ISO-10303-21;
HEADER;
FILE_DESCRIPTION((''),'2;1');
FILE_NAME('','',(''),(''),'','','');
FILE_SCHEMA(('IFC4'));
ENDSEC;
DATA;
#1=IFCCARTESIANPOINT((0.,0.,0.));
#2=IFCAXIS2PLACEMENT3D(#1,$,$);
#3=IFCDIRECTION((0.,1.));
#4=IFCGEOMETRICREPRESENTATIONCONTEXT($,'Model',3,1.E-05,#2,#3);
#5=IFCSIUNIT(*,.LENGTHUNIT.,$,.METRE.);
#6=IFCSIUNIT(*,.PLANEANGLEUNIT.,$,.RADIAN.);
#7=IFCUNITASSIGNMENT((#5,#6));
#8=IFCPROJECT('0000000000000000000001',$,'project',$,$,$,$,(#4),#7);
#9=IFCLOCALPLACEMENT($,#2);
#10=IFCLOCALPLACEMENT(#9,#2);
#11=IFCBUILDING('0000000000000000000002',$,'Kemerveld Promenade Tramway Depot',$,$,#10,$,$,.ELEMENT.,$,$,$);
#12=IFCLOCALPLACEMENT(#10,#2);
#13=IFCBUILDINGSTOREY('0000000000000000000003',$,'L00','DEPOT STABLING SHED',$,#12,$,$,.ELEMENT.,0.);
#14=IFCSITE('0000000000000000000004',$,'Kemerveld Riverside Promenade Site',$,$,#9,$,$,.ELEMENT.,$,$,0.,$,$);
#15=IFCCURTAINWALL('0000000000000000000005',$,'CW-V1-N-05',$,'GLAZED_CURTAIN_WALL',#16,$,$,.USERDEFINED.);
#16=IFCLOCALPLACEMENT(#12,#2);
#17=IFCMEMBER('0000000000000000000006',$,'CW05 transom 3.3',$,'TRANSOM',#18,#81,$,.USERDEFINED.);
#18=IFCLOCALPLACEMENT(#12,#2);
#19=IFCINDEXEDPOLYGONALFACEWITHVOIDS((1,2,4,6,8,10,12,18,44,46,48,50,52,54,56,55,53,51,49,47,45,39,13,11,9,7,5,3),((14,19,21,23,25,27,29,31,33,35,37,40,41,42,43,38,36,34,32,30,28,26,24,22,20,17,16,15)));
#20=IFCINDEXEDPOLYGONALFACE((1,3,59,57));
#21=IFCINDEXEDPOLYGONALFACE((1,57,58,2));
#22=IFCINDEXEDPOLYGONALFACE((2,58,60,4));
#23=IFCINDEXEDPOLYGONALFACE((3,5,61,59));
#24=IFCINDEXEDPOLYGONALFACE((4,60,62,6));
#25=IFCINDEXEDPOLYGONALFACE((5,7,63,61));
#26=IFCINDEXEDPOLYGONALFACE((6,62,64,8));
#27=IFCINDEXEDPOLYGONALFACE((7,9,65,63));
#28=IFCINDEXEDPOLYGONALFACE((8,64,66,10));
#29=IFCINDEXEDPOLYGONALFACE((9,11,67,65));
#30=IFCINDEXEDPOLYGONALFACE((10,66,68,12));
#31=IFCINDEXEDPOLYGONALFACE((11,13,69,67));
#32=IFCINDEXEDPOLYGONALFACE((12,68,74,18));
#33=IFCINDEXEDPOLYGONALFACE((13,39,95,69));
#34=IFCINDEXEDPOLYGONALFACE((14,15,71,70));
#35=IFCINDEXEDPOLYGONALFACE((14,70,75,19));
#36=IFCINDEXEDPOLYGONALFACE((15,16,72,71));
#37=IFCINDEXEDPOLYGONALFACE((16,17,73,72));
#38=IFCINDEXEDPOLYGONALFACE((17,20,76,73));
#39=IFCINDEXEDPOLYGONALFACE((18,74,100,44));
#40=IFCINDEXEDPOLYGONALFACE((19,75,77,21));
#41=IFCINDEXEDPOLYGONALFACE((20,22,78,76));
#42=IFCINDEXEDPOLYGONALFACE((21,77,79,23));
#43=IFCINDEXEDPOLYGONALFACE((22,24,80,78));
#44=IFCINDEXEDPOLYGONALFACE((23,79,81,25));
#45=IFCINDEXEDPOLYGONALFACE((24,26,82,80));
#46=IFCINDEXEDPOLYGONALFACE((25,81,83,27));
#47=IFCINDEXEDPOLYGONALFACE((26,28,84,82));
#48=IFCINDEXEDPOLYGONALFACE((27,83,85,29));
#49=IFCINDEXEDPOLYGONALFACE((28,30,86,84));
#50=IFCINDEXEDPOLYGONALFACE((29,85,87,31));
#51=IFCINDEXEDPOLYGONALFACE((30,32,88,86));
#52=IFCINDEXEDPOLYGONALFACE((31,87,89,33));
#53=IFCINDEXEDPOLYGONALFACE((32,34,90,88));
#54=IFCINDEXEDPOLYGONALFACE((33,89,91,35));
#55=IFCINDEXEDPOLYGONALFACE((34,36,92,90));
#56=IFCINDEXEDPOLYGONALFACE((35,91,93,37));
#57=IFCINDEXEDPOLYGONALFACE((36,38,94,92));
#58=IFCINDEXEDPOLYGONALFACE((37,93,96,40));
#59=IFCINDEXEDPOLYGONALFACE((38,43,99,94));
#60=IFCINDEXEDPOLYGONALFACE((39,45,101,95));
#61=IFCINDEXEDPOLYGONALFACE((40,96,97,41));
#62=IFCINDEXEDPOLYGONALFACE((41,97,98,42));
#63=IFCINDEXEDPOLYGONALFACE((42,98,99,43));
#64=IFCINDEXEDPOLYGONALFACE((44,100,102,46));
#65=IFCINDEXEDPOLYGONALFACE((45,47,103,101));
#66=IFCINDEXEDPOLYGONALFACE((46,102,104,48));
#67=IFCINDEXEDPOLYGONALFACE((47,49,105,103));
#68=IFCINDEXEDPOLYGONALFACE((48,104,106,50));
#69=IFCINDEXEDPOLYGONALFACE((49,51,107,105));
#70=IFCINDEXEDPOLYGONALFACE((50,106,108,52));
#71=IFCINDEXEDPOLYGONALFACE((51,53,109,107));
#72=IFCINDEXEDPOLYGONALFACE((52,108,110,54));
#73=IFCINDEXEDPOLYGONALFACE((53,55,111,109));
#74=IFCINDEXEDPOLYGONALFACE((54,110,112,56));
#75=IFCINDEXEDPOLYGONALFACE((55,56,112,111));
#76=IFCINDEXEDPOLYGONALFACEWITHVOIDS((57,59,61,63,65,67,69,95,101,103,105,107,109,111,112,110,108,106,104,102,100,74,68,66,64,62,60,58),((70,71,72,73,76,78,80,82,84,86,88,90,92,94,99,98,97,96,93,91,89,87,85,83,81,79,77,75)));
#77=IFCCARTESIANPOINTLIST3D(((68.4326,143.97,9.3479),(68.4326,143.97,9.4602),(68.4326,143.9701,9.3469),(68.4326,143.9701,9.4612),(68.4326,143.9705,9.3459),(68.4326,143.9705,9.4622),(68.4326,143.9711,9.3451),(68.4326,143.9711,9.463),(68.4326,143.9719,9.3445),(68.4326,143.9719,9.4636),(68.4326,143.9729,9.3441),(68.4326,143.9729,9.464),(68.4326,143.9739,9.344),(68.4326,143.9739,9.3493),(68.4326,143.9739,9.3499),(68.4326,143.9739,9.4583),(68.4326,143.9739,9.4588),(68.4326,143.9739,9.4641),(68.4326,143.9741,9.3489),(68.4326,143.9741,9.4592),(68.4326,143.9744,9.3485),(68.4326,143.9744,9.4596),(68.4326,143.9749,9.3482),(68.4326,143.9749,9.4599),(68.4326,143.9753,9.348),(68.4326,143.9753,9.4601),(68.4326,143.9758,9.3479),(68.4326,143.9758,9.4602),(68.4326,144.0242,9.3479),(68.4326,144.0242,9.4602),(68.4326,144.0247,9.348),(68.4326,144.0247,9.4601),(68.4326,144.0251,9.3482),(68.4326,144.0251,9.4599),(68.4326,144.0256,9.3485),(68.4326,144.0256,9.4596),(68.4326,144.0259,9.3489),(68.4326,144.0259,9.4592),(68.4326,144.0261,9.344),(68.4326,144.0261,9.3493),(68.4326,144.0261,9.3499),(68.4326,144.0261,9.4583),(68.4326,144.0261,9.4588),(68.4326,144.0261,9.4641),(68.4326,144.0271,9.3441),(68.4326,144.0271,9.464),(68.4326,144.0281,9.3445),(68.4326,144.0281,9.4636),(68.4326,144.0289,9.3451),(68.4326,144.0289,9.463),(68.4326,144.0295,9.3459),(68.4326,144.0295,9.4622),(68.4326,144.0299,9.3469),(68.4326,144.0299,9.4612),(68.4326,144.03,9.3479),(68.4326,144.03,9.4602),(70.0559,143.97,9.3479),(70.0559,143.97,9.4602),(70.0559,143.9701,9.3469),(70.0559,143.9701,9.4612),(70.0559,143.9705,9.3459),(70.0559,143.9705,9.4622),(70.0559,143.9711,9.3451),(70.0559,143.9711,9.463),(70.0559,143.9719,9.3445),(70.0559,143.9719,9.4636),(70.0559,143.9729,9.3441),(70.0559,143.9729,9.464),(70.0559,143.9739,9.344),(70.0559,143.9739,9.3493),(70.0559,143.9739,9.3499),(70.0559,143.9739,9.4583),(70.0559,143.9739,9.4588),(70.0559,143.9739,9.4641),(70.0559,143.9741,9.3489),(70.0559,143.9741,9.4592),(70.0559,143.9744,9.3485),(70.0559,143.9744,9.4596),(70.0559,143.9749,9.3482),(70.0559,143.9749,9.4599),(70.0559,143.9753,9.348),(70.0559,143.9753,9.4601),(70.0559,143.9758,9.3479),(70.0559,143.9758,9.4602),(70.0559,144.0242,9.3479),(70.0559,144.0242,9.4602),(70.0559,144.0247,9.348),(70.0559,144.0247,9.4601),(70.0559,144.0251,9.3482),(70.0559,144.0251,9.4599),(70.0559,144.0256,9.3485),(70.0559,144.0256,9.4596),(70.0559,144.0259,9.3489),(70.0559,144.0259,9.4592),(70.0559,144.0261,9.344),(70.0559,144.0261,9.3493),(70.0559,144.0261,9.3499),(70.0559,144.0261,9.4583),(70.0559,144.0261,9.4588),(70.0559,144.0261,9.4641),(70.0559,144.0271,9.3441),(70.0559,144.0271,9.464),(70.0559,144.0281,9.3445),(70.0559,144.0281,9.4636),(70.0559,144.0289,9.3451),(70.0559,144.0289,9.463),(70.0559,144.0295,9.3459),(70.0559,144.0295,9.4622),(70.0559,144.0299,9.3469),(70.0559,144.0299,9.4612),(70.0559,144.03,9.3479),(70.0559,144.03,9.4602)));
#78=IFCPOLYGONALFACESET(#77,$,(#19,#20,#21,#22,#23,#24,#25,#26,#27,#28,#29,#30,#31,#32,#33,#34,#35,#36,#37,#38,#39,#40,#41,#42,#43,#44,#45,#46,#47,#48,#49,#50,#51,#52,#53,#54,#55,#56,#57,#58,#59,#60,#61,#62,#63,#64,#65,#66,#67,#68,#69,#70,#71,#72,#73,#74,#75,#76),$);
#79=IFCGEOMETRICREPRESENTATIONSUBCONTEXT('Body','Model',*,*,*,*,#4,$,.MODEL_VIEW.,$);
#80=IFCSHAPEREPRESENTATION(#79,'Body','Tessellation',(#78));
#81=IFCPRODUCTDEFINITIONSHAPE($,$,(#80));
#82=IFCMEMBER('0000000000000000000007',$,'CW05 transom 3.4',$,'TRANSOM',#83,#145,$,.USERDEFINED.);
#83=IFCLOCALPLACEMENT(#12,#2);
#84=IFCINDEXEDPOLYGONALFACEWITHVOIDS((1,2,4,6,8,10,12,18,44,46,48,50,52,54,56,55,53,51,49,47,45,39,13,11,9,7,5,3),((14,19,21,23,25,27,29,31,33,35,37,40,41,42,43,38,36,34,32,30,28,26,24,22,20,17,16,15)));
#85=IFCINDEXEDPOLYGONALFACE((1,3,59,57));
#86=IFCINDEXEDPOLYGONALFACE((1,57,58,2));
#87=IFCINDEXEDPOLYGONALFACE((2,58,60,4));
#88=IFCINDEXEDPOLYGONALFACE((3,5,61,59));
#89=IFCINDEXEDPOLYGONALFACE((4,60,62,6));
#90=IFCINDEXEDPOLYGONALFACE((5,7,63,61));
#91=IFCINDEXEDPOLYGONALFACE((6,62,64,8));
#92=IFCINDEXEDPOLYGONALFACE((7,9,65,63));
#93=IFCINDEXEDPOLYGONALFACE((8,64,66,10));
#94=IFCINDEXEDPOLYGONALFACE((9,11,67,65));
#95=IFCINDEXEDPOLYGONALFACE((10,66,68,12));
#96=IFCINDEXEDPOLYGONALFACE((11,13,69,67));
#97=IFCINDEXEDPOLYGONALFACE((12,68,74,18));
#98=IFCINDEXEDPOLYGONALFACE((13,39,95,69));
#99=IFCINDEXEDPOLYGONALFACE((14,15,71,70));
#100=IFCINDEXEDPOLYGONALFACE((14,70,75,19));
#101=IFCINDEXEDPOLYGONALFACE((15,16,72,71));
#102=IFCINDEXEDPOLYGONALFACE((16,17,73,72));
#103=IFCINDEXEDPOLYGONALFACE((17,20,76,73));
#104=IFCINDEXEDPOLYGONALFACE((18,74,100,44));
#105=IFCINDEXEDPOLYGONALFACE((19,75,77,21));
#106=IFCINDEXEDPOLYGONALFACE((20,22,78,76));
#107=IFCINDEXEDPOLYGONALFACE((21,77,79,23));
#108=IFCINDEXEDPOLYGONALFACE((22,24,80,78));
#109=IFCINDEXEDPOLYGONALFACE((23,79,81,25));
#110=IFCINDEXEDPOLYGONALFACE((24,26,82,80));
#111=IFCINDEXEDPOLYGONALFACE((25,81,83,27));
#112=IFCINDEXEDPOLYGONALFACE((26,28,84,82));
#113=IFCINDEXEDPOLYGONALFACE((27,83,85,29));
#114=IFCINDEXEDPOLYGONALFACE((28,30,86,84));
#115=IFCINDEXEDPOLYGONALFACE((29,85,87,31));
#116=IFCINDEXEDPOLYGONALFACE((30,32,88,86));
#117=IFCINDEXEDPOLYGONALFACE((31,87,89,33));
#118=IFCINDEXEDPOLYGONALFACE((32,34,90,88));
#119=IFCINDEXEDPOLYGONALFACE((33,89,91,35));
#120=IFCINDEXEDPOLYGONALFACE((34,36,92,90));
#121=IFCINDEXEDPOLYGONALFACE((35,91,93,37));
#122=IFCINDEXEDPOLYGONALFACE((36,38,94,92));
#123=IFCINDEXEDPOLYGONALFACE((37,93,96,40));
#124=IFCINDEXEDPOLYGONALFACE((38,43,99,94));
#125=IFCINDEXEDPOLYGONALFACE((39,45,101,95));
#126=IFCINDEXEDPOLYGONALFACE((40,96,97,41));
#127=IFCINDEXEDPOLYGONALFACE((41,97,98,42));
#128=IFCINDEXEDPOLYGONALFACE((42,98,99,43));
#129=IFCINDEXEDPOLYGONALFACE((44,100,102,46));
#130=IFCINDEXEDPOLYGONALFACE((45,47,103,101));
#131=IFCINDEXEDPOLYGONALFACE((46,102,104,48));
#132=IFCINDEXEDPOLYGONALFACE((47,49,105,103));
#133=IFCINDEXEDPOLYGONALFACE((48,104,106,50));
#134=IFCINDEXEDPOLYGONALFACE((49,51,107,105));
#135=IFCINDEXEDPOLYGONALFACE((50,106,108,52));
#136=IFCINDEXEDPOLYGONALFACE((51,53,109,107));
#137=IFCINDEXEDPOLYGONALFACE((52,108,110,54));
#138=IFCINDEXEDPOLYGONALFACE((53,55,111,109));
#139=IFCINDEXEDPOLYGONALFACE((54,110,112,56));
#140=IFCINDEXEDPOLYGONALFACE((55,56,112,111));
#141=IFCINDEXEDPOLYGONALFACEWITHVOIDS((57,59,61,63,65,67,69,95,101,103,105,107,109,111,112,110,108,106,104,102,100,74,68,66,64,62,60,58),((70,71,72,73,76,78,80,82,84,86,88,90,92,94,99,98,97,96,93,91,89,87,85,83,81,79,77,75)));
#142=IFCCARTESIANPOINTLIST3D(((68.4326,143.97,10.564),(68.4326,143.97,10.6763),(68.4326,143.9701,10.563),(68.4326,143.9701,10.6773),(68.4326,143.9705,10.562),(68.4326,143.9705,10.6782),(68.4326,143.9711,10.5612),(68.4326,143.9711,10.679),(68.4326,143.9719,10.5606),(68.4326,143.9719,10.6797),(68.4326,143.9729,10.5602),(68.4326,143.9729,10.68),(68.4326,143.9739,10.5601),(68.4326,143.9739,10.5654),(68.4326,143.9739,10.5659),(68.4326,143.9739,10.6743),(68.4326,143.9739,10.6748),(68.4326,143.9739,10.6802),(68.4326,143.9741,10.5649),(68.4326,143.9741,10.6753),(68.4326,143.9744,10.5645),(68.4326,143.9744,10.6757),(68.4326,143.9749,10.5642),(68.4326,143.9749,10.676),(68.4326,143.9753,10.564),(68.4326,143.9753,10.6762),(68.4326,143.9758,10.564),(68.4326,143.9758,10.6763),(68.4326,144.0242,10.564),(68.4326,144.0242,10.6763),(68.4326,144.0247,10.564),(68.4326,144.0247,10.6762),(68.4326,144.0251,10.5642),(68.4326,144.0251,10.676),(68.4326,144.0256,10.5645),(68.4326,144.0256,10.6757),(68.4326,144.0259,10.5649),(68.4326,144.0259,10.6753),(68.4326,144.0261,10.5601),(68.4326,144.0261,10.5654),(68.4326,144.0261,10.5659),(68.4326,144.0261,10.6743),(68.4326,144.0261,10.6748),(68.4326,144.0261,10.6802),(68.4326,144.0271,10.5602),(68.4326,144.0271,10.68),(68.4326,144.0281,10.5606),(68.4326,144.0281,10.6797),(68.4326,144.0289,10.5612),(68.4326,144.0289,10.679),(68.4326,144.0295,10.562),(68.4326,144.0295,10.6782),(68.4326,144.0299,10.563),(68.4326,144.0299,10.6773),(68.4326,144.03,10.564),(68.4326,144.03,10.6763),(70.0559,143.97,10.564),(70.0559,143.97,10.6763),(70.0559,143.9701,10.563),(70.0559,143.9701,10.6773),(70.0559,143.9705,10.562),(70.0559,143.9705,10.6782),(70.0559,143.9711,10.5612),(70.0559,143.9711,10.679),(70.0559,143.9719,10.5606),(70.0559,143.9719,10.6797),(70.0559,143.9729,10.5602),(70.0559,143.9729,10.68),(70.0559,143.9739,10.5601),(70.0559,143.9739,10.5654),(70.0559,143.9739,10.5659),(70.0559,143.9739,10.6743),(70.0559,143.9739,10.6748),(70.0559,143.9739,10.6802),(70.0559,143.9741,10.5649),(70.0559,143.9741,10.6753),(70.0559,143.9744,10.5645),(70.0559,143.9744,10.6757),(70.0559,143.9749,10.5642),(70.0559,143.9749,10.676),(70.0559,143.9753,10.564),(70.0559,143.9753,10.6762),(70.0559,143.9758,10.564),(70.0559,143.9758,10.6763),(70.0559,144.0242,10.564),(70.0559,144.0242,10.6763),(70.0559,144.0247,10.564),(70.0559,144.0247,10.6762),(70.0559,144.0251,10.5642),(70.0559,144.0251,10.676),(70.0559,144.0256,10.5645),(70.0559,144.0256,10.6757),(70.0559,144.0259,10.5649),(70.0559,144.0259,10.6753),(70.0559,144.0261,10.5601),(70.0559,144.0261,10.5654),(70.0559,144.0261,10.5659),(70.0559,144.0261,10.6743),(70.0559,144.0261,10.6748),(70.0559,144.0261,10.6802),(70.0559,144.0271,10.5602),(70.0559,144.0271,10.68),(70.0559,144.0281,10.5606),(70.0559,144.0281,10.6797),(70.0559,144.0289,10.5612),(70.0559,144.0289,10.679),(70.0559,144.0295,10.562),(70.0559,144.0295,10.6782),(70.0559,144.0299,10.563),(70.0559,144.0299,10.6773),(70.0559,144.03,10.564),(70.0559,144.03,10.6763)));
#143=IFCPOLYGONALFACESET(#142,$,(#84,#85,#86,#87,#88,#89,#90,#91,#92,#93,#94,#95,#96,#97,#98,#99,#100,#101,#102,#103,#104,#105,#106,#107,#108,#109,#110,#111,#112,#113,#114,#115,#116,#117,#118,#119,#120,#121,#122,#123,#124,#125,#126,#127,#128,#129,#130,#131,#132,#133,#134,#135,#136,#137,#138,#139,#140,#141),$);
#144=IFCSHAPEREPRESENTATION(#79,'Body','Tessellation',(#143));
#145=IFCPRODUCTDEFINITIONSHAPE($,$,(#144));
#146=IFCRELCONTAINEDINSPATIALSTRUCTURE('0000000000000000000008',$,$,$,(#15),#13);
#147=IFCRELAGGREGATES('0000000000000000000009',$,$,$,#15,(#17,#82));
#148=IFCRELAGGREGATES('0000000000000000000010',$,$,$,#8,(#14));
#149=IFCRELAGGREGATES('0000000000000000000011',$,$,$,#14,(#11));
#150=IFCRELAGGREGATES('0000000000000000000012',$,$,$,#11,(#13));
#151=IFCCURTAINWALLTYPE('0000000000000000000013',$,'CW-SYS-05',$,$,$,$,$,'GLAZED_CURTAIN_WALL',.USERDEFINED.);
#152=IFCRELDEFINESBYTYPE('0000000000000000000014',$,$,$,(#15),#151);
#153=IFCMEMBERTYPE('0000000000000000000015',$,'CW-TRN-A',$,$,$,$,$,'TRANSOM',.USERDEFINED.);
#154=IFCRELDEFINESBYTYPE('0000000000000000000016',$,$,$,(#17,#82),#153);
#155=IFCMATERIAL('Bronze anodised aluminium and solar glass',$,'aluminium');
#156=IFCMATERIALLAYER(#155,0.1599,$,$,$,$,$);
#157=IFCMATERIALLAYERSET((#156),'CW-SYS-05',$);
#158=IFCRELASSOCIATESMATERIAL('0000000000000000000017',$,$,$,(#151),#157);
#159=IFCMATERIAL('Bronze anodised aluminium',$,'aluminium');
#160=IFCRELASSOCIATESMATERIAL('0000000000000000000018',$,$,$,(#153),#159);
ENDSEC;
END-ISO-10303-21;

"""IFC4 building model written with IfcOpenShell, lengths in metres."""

from ifc_helpers import new_model, si_unit, direction, frame, origin, origin_2d, place, context, subcontext, project, spatial, hollow_rectangle, extrude, material, layer, layer_set, material_profile, profile_set, type_object, element, aggregate, save


model = new_model("IFC4")

# Units and contexts
model_context = context("Model", 3, precision=1e-05, world=origin(), true_north=direction((0.0, 1.0)))
body_context = subcontext(model_context, "Body", "Model", "MODEL_VIEW")
ifc_project = project(units=[si_unit("LENGTHUNIT", "METRE"), si_unit("PLANEANGLEUNIT", "RADIAN")], contexts=[model_context])

# Site, building, storey
site_placement = place(None, origin())
site = spatial("IfcSite", under=ifc_project, at=site_placement, Name="Kemerveld Riverside Promenade Site", CompositionType="ELEMENT", RefElevation=0.0)
building_placement = place(site_placement, origin())
building = spatial("IfcBuilding", under=site, at=building_placement, Name="Kemerveld Promenade Tramway Depot", CompositionType="ELEMENT")
storey_placement = place(building_placement, origin())
storey = spatial("IfcBuildingStorey", under=building, at=storey_placement, Name="L00", Description="DEPOT STABLING SHED", CompositionType="ELEMENT", Elevation=0.0)

# Curtain wall, members
ifc_material_1 = material(Name="Bronze anodised aluminium and solar glass", Category="aluminium")
ifc_layer_1 = layer(ifc_material_1, 0.1599)
ifc_layer_set_1 = layer_set([ifc_layer_1], Name="CW-SYS-05")
curtain_wall_type_1 = type_object("IfcCurtainWallType", Name="CW-SYS-05", ElementType="GLAZED_CURTAIN_WALL", PredefinedType="USERDEFINED", material=ifc_layer_set_1)
curtain_wall_1_placement = place(storey_placement, origin())
curtain_wall_1 = element("IfcCurtainWall", 1, at=curtain_wall_1_placement, inside=storey, type_object=curtain_wall_type_1, Name="CW-V1-N-05", ObjectType="GLAZED_CURTAIN_WALL", PredefinedType="USERDEFINED")
ifc_material_2 = material(Name="Bronze anodised aluminium", Category="aluminium")
ifc_material_profile_1 = material_profile(ifc_material_2, hollow_rectangle(XDim=0.0601, YDim=0.1201, WallThickness=0.0039, InnerFilletRadius=0.002, OuterFilletRadius=0.0039, at=origin_2d()), Name="CW-TRN-120x60")
ifc_profile_set_1 = profile_set([ifc_material_profile_1], Name="Bronze anodised aluminium")
member_type_1 = type_object("IfcMemberType", Name="CW-TRN-A", ElementType="TRANSOM", PredefinedType="USERDEFINED", material=ifc_profile_set_1)
member_1_placement = place(storey_placement, frame((68.4326, 144.0, 9.4041), z_axis=(1.0, 0.0, 0.0), x_axis=(0.0, 1.0, 0.0)))
member_1 = element("IfcMember", 2, at=member_1_placement, type_object=member_type_1, Name="CW05 transom 3.3", ObjectType="TRANSOM", PredefinedType="USERDEFINED", context=body_context, shape_type="SweptSolid", body=[
    extrude(hollow_rectangle(XDim=0.0601, YDim=0.1201, WallThickness=0.0039, InnerFilletRadius=0.002, OuterFilletRadius=0.0039, at=origin_2d()), origin(), (0.0, 0.0, 1.0), 1.6233),
])
member_2_placement = place(storey_placement, frame((68.4326, 144.0, 10.6201), z_axis=(1.0, 0.0, 0.0), x_axis=(0.0, 1.0, 0.0)))
member_2 = element("IfcMember", 3, at=member_2_placement, type_object=member_type_1, Name="CW05 transom 3.4", ObjectType="TRANSOM", PredefinedType="USERDEFINED", context=body_context, shape_type="SweptSolid", body=[
    extrude(hollow_rectangle(XDim=0.0601, YDim=0.1201, WallThickness=0.0039, InnerFilletRadius=0.002, OuterFilletRadius=0.0039, at=origin_2d()), origin(), (0.0, 0.0, 1.0), 1.6233),
])

aggregate(curtain_wall_1, [member_1, member_2])

save(model, "model.ifc")
